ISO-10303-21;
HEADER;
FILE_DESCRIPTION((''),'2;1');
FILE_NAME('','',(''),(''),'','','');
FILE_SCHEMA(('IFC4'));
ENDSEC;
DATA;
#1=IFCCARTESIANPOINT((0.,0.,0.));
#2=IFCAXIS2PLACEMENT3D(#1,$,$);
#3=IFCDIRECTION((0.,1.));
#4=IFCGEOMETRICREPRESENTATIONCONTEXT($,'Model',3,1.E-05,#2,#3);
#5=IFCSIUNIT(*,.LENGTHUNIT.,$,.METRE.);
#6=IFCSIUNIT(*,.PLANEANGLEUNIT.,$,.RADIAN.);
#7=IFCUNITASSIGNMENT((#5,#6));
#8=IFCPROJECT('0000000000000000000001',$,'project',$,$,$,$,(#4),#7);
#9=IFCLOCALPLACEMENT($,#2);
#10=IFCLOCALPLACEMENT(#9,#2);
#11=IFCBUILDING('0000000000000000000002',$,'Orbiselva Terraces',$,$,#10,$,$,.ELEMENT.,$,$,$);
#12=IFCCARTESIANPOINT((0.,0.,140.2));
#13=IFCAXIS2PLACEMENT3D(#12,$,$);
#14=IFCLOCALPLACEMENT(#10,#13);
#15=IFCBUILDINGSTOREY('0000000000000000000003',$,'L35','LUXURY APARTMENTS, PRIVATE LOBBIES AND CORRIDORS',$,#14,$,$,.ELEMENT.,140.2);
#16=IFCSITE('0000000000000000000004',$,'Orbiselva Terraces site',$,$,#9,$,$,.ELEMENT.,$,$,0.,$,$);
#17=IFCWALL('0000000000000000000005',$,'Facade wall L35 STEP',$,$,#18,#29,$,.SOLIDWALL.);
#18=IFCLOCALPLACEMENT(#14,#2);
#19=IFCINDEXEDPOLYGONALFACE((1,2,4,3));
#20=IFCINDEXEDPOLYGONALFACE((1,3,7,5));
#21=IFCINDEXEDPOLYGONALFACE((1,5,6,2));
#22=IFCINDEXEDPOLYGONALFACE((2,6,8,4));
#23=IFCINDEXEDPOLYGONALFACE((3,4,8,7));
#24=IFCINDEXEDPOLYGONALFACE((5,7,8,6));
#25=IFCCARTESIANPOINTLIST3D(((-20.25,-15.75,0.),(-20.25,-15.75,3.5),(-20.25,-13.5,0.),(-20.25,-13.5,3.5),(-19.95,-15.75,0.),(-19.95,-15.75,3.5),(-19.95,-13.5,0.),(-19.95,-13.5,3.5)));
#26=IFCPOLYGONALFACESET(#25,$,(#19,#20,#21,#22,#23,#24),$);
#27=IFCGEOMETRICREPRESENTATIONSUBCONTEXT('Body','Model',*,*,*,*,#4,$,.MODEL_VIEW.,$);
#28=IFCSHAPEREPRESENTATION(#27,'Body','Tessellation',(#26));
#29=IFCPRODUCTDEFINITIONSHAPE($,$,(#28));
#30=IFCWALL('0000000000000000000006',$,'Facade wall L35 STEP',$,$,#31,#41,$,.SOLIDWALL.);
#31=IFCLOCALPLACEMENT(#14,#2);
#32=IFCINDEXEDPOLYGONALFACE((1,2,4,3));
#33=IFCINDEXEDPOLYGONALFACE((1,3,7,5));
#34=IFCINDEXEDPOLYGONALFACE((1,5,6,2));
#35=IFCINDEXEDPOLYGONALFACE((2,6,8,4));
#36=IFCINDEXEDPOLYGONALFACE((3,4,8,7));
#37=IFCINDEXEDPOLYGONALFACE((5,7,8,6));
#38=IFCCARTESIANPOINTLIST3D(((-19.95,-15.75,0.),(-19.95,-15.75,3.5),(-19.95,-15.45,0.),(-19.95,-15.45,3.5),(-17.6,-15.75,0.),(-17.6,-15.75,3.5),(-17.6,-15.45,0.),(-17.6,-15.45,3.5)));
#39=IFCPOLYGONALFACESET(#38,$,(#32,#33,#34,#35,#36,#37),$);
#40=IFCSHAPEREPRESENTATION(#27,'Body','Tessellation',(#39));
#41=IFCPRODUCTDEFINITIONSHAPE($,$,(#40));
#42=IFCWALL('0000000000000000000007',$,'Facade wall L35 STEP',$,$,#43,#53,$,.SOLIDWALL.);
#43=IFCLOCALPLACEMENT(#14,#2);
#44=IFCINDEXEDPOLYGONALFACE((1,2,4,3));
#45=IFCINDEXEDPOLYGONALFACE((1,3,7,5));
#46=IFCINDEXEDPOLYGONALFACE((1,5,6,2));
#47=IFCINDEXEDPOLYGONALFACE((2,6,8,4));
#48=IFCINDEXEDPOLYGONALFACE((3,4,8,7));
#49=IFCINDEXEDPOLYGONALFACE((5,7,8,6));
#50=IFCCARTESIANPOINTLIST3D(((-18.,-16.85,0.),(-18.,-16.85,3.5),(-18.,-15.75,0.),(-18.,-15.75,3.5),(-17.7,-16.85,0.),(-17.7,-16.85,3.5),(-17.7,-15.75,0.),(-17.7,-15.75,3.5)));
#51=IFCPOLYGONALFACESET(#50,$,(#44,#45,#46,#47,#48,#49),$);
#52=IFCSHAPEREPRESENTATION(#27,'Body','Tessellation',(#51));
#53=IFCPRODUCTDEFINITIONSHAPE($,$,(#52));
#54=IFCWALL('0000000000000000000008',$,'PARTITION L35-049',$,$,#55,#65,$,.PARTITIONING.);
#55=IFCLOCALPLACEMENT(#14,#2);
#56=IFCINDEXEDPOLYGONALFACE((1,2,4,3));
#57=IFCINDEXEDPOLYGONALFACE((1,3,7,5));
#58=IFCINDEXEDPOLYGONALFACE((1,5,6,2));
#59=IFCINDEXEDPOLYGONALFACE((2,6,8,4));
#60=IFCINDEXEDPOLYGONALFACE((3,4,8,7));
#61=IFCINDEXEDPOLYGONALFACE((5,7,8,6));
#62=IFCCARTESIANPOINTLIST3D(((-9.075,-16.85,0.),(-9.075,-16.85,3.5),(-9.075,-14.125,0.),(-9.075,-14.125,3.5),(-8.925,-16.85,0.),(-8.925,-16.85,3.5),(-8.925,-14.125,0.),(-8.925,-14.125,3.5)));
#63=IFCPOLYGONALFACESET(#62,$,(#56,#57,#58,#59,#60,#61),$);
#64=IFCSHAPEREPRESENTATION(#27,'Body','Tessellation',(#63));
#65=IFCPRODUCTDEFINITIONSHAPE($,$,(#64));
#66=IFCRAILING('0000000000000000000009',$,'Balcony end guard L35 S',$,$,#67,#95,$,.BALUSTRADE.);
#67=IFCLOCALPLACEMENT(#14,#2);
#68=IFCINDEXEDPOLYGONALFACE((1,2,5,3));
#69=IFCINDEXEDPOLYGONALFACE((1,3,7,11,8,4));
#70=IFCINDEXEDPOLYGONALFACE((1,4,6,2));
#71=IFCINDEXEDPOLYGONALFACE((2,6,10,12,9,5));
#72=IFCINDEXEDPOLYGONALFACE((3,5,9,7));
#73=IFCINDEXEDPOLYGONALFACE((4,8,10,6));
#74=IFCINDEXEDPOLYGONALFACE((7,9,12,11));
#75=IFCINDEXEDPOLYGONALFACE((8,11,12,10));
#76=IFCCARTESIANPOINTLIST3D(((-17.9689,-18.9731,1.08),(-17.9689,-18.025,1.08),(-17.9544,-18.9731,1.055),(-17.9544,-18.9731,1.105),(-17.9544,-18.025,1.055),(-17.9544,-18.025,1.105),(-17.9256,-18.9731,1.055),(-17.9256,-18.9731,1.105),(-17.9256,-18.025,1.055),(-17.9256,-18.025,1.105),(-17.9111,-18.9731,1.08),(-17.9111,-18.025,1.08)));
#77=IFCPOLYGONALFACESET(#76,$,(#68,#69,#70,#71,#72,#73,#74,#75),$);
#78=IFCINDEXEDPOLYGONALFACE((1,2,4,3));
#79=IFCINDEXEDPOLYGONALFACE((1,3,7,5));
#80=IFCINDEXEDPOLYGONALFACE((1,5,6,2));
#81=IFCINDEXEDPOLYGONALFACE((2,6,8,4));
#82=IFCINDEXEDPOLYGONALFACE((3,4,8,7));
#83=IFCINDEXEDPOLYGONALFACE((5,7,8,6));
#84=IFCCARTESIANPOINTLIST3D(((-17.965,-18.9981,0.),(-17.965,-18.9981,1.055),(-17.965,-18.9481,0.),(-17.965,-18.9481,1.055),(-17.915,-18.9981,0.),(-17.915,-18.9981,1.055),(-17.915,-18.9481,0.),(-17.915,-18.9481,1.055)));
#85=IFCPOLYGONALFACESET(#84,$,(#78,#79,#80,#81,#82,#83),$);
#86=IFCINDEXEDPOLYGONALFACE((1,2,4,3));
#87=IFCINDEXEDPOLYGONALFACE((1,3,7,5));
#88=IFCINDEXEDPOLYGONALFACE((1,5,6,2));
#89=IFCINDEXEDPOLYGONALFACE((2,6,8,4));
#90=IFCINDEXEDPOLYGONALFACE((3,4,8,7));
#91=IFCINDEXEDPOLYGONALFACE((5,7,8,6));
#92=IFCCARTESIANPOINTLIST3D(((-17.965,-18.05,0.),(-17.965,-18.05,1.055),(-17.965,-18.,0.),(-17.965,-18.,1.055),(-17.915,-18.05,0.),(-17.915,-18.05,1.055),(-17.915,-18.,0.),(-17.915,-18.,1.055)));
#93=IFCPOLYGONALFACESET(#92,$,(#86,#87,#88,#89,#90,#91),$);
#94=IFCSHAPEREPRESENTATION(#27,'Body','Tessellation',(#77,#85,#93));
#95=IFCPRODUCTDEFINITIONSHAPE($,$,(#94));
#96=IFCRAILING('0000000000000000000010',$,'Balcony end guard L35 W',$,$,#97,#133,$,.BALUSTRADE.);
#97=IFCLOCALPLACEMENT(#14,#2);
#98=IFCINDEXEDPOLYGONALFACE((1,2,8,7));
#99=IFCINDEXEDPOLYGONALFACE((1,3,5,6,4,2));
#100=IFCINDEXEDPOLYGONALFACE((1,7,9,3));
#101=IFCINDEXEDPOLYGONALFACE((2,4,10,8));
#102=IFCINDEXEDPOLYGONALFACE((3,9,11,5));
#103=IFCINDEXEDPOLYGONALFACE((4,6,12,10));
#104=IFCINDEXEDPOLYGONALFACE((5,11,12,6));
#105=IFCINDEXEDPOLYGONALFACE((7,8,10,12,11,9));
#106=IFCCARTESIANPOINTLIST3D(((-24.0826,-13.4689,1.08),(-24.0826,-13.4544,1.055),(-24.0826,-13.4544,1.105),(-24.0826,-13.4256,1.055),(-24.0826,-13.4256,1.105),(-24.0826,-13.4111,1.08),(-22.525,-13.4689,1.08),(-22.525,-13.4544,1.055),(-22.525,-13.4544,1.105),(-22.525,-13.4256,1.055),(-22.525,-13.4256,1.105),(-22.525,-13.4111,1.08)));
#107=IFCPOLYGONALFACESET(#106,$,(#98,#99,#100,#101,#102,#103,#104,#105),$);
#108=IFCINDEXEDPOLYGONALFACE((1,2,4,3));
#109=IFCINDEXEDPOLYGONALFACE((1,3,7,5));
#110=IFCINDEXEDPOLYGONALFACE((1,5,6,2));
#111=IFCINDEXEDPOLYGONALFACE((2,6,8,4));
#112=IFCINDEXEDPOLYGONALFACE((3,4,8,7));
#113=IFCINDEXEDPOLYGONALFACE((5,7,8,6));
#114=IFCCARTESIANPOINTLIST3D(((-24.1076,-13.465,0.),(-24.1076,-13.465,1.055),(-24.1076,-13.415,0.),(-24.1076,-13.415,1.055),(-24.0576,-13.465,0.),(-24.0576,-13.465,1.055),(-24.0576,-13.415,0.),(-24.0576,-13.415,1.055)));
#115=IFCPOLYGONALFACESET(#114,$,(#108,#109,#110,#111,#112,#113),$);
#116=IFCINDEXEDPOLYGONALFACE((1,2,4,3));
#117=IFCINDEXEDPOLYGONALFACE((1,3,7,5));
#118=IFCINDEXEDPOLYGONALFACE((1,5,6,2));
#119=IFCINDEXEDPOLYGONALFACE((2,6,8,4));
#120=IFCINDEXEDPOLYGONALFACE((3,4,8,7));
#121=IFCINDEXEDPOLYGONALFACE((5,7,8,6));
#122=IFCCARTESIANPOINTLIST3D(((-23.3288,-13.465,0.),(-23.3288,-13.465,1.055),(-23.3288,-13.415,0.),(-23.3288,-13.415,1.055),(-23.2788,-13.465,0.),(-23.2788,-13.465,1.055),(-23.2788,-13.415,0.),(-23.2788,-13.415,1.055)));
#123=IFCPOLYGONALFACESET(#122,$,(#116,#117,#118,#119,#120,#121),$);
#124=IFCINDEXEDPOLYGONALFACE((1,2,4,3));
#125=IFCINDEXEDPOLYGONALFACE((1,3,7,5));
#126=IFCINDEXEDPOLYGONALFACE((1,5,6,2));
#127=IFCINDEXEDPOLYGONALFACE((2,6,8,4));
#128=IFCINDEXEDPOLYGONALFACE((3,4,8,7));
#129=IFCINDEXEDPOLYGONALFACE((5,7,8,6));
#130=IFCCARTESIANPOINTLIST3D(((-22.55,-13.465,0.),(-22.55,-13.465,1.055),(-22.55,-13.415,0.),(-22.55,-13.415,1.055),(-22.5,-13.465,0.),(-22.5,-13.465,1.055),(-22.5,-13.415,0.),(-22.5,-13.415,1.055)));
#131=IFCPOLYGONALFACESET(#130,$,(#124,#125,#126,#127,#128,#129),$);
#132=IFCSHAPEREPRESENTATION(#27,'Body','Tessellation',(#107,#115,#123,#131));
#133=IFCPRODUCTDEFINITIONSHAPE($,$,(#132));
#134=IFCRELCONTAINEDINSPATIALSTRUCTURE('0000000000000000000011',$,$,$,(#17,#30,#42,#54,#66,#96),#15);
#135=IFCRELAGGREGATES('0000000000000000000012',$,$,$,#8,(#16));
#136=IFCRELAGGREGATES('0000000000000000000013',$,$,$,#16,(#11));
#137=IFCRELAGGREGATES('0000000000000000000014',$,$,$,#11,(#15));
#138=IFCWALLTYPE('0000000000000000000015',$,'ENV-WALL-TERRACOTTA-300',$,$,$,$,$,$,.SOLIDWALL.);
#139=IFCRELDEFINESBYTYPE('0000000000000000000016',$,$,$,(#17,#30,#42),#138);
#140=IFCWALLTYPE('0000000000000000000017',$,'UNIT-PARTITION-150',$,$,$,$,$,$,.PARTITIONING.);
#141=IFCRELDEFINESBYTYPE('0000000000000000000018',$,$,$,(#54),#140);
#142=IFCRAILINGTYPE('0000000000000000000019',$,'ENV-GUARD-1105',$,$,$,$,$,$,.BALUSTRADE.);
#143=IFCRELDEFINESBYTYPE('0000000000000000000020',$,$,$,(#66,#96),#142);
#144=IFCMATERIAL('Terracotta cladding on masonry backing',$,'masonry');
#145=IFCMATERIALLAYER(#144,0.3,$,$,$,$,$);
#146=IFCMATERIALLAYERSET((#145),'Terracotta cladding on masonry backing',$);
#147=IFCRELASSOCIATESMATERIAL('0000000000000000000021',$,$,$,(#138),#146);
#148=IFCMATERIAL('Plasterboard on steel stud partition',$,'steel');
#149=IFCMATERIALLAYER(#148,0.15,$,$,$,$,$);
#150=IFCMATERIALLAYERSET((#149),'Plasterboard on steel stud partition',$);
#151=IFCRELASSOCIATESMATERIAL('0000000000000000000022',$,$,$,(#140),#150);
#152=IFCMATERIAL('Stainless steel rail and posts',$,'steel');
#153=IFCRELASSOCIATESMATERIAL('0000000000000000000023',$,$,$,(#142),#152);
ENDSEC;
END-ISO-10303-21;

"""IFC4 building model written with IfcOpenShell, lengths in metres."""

from ifc_helpers import new_model, si_unit, direction, frame, frame_2d, origin, origin_2d, place, context, subcontext, project, spatial, polyline, rectangle, outline, extrude, material, layer, layer_set, type_object, element, save


model = new_model("IFC4")

# Units and contexts
model_context = context("Model", 3, precision=1e-05, world=origin(), true_north=direction((0.0, 1.0)))
body_context = subcontext(model_context, "Body", "Model", "MODEL_VIEW")
ifc_project = project(units=[si_unit("LENGTHUNIT", "METRE"), si_unit("PLANEANGLEUNIT", "RADIAN")], contexts=[model_context])

# Site, building, storey
site_placement = place(None, origin())
site = spatial("IfcSite", under=ifc_project, at=site_placement, Name="Orbiselva Terraces site", CompositionType="ELEMENT", RefElevation=0.0)
building_placement = place(site_placement, origin())
building = spatial("IfcBuilding", under=site, at=building_placement, Name="Orbiselva Terraces", CompositionType="ELEMENT")
storey_placement = place(building_placement, frame((0.0, 0.0, 140.2)))
storey = spatial("IfcBuildingStorey", under=building, at=storey_placement, Name="L35", Description="LUXURY APARTMENTS, PRIVATE LOBBIES AND CORRIDORS", CompositionType="ELEMENT", Elevation=140.2)

# Shared definitions
ifc_material_1 = material(Name="Terracotta cladding on masonry backing", Category="masonry")
ifc_layer_1 = layer(ifc_material_1, 0.3)
ifc_layer_set_1 = layer_set([ifc_layer_1], Name="Terracotta cladding on masonry backing")
wall_type_1 = type_object("IfcWallType", Name="ENV-WALL-TERRACOTTA-300", PredefinedType="SOLIDWALL", material=ifc_layer_set_1)

# Walls
wall_1_placement = place(storey_placement, frame((-20.1, -15.75, 0.0), z_axis=(0.0, 0.0, 1.0), x_axis=(0.0, 1.0, 0.0)))
element("IfcWall", 1, at=wall_1_placement, inside=storey, type_object=wall_type_1, Name="Facade wall L35 STEP", PredefinedType="SOLIDWALL", context=body_context, shape_type="SweptSolid", body=[
    extrude(rectangle(XDim=2.25, YDim=0.3, at=frame_2d((1.125, 0.0))), origin(), (0.0, 0.0, 1.0), 3.5),
])
wall_2_placement = place(storey_placement, frame((-17.6, -15.6, 0.0), z_axis=(0.0, 0.0, 1.0), x_axis=(-1.0, 0.0, 0.0)))
element("IfcWall", 2, at=wall_2_placement, inside=storey, type_object=wall_type_1, Name="Facade wall L35 STEP", PredefinedType="SOLIDWALL", context=body_context, shape_type="SweptSolid", body=[
    extrude(rectangle(XDim=2.35, YDim=0.3, at=frame_2d((1.175, 0.0))), origin(), (0.0, 0.0, 1.0), 3.5),
])
wall_3_placement = place(storey_placement, frame((-17.85, -16.85, 0.0), z_axis=(0.0, 0.0, 1.0), x_axis=(0.0, 1.0, 0.0)))
element("IfcWall", 3, at=wall_3_placement, inside=storey, type_object=wall_type_1, Name="Facade wall L35 STEP", PredefinedType="SOLIDWALL", context=body_context, shape_type="SweptSolid", body=[
    extrude(rectangle(XDim=1.1, YDim=0.3, at=frame_2d((0.55, 0.0))), origin(), (0.0, 0.0, 1.0), 3.5),
])
ifc_material_2 = material(Name="Plasterboard on steel stud partition", Category="steel")
ifc_layer_2 = layer(ifc_material_2, 0.15)
ifc_layer_set_2 = layer_set([ifc_layer_2], Name="Plasterboard on steel stud partition")
wall_type_2 = type_object("IfcWallType", Name="UNIT-PARTITION-150", PredefinedType="PARTITIONING", material=ifc_layer_set_2)
wall_4_placement = place(storey_placement, frame((-9.0, -16.85, 0.0), z_axis=(0.0, 0.0, 1.0), x_axis=(0.0, 1.0, 0.0)))
element("IfcWall", 4, at=wall_4_placement, inside=storey, type_object=wall_type_2, Name="PARTITION L35-049", PredefinedType="PARTITIONING", context=body_context, shape_type="SweptSolid", body=[
    extrude(rectangle(XDim=2.725, YDim=0.15, at=frame_2d((1.3625, 0.0))), origin(), (0.0, 0.0, 1.0), 3.5),
])

# Railings
ifc_material_3 = material(Name="Stainless steel rail and posts", Category="steel")
railing_type_1 = type_object("IfcRailingType", Name="ENV-GUARD-1105", PredefinedType="BALUSTRADE", material=ifc_material_3)
railing_1_placement = place(storey_placement, frame((-17.94, -18.9731, 0.0)))
element("IfcRailing", 5, at=railing_1_placement, inside=storey, type_object=railing_type_1, Name="Balcony end guard L35 S", PredefinedType="BALUSTRADE", context=body_context, shape_type="SweptSolid", body=[
    extrude(outline(polyline([(0.0289, 0.0), (0.0144, 0.025), (-0.0144, 0.025), (-0.0289, 0.0), (-0.0144, -0.025), (0.0144, -0.025), (0.0289, 0.0)])), frame((0.0, 0.0, 1.08), z_axis=(0.0, 1.0, 0.0), x_axis=(-1.0, 0.0, 0.0)), (0.0, 0.0, 1.0), 0.9481),
    extrude(rectangle(XDim=0.05, YDim=0.05, at=origin_2d()), origin(), (0.0, 0.0, 1.0), 1.055),
    extrude(rectangle(XDim=0.05, YDim=0.05, at=origin_2d()), frame((0.0, 0.9481, 0.0)), (0.0, 0.0, 1.0), 1.055),
])
railing_2_placement = place(storey_placement, frame((-24.0826, -13.44, 0.0)))
element("IfcRailing", 6, at=railing_2_placement, inside=storey, type_object=railing_type_1, Name="Balcony end guard L35 W", PredefinedType="BALUSTRADE", context=body_context, shape_type="SweptSolid", body=[
    extrude(outline(polyline([(0.0289, 0.0), (0.0144, 0.025), (-0.0144, 0.025), (-0.0289, 0.0), (-0.0144, -0.025), (0.0144, -0.025), (0.0289, 0.0)])), frame((0.0, 0.0, 1.08), z_axis=(1.0, 0.0, 0.0), x_axis=(0.0, 1.0, 0.0)), (0.0, 0.0, 1.0), 1.5576),
    extrude(rectangle(XDim=0.05, YDim=0.05, at=origin_2d()), origin(), (0.0, 0.0, 1.0), 1.055),
    extrude(rectangle(XDim=0.05, YDim=0.05, at=origin_2d()), frame((0.7788, 0.0, 0.0)), (0.0, 0.0, 1.0), 1.055),
    extrude(rectangle(XDim=0.05, YDim=0.05, at=origin_2d()), frame((1.5576, 0.0, 0.0)), (0.0, 0.0, 1.0), 1.055),
])

save(model, "model.ifc")
